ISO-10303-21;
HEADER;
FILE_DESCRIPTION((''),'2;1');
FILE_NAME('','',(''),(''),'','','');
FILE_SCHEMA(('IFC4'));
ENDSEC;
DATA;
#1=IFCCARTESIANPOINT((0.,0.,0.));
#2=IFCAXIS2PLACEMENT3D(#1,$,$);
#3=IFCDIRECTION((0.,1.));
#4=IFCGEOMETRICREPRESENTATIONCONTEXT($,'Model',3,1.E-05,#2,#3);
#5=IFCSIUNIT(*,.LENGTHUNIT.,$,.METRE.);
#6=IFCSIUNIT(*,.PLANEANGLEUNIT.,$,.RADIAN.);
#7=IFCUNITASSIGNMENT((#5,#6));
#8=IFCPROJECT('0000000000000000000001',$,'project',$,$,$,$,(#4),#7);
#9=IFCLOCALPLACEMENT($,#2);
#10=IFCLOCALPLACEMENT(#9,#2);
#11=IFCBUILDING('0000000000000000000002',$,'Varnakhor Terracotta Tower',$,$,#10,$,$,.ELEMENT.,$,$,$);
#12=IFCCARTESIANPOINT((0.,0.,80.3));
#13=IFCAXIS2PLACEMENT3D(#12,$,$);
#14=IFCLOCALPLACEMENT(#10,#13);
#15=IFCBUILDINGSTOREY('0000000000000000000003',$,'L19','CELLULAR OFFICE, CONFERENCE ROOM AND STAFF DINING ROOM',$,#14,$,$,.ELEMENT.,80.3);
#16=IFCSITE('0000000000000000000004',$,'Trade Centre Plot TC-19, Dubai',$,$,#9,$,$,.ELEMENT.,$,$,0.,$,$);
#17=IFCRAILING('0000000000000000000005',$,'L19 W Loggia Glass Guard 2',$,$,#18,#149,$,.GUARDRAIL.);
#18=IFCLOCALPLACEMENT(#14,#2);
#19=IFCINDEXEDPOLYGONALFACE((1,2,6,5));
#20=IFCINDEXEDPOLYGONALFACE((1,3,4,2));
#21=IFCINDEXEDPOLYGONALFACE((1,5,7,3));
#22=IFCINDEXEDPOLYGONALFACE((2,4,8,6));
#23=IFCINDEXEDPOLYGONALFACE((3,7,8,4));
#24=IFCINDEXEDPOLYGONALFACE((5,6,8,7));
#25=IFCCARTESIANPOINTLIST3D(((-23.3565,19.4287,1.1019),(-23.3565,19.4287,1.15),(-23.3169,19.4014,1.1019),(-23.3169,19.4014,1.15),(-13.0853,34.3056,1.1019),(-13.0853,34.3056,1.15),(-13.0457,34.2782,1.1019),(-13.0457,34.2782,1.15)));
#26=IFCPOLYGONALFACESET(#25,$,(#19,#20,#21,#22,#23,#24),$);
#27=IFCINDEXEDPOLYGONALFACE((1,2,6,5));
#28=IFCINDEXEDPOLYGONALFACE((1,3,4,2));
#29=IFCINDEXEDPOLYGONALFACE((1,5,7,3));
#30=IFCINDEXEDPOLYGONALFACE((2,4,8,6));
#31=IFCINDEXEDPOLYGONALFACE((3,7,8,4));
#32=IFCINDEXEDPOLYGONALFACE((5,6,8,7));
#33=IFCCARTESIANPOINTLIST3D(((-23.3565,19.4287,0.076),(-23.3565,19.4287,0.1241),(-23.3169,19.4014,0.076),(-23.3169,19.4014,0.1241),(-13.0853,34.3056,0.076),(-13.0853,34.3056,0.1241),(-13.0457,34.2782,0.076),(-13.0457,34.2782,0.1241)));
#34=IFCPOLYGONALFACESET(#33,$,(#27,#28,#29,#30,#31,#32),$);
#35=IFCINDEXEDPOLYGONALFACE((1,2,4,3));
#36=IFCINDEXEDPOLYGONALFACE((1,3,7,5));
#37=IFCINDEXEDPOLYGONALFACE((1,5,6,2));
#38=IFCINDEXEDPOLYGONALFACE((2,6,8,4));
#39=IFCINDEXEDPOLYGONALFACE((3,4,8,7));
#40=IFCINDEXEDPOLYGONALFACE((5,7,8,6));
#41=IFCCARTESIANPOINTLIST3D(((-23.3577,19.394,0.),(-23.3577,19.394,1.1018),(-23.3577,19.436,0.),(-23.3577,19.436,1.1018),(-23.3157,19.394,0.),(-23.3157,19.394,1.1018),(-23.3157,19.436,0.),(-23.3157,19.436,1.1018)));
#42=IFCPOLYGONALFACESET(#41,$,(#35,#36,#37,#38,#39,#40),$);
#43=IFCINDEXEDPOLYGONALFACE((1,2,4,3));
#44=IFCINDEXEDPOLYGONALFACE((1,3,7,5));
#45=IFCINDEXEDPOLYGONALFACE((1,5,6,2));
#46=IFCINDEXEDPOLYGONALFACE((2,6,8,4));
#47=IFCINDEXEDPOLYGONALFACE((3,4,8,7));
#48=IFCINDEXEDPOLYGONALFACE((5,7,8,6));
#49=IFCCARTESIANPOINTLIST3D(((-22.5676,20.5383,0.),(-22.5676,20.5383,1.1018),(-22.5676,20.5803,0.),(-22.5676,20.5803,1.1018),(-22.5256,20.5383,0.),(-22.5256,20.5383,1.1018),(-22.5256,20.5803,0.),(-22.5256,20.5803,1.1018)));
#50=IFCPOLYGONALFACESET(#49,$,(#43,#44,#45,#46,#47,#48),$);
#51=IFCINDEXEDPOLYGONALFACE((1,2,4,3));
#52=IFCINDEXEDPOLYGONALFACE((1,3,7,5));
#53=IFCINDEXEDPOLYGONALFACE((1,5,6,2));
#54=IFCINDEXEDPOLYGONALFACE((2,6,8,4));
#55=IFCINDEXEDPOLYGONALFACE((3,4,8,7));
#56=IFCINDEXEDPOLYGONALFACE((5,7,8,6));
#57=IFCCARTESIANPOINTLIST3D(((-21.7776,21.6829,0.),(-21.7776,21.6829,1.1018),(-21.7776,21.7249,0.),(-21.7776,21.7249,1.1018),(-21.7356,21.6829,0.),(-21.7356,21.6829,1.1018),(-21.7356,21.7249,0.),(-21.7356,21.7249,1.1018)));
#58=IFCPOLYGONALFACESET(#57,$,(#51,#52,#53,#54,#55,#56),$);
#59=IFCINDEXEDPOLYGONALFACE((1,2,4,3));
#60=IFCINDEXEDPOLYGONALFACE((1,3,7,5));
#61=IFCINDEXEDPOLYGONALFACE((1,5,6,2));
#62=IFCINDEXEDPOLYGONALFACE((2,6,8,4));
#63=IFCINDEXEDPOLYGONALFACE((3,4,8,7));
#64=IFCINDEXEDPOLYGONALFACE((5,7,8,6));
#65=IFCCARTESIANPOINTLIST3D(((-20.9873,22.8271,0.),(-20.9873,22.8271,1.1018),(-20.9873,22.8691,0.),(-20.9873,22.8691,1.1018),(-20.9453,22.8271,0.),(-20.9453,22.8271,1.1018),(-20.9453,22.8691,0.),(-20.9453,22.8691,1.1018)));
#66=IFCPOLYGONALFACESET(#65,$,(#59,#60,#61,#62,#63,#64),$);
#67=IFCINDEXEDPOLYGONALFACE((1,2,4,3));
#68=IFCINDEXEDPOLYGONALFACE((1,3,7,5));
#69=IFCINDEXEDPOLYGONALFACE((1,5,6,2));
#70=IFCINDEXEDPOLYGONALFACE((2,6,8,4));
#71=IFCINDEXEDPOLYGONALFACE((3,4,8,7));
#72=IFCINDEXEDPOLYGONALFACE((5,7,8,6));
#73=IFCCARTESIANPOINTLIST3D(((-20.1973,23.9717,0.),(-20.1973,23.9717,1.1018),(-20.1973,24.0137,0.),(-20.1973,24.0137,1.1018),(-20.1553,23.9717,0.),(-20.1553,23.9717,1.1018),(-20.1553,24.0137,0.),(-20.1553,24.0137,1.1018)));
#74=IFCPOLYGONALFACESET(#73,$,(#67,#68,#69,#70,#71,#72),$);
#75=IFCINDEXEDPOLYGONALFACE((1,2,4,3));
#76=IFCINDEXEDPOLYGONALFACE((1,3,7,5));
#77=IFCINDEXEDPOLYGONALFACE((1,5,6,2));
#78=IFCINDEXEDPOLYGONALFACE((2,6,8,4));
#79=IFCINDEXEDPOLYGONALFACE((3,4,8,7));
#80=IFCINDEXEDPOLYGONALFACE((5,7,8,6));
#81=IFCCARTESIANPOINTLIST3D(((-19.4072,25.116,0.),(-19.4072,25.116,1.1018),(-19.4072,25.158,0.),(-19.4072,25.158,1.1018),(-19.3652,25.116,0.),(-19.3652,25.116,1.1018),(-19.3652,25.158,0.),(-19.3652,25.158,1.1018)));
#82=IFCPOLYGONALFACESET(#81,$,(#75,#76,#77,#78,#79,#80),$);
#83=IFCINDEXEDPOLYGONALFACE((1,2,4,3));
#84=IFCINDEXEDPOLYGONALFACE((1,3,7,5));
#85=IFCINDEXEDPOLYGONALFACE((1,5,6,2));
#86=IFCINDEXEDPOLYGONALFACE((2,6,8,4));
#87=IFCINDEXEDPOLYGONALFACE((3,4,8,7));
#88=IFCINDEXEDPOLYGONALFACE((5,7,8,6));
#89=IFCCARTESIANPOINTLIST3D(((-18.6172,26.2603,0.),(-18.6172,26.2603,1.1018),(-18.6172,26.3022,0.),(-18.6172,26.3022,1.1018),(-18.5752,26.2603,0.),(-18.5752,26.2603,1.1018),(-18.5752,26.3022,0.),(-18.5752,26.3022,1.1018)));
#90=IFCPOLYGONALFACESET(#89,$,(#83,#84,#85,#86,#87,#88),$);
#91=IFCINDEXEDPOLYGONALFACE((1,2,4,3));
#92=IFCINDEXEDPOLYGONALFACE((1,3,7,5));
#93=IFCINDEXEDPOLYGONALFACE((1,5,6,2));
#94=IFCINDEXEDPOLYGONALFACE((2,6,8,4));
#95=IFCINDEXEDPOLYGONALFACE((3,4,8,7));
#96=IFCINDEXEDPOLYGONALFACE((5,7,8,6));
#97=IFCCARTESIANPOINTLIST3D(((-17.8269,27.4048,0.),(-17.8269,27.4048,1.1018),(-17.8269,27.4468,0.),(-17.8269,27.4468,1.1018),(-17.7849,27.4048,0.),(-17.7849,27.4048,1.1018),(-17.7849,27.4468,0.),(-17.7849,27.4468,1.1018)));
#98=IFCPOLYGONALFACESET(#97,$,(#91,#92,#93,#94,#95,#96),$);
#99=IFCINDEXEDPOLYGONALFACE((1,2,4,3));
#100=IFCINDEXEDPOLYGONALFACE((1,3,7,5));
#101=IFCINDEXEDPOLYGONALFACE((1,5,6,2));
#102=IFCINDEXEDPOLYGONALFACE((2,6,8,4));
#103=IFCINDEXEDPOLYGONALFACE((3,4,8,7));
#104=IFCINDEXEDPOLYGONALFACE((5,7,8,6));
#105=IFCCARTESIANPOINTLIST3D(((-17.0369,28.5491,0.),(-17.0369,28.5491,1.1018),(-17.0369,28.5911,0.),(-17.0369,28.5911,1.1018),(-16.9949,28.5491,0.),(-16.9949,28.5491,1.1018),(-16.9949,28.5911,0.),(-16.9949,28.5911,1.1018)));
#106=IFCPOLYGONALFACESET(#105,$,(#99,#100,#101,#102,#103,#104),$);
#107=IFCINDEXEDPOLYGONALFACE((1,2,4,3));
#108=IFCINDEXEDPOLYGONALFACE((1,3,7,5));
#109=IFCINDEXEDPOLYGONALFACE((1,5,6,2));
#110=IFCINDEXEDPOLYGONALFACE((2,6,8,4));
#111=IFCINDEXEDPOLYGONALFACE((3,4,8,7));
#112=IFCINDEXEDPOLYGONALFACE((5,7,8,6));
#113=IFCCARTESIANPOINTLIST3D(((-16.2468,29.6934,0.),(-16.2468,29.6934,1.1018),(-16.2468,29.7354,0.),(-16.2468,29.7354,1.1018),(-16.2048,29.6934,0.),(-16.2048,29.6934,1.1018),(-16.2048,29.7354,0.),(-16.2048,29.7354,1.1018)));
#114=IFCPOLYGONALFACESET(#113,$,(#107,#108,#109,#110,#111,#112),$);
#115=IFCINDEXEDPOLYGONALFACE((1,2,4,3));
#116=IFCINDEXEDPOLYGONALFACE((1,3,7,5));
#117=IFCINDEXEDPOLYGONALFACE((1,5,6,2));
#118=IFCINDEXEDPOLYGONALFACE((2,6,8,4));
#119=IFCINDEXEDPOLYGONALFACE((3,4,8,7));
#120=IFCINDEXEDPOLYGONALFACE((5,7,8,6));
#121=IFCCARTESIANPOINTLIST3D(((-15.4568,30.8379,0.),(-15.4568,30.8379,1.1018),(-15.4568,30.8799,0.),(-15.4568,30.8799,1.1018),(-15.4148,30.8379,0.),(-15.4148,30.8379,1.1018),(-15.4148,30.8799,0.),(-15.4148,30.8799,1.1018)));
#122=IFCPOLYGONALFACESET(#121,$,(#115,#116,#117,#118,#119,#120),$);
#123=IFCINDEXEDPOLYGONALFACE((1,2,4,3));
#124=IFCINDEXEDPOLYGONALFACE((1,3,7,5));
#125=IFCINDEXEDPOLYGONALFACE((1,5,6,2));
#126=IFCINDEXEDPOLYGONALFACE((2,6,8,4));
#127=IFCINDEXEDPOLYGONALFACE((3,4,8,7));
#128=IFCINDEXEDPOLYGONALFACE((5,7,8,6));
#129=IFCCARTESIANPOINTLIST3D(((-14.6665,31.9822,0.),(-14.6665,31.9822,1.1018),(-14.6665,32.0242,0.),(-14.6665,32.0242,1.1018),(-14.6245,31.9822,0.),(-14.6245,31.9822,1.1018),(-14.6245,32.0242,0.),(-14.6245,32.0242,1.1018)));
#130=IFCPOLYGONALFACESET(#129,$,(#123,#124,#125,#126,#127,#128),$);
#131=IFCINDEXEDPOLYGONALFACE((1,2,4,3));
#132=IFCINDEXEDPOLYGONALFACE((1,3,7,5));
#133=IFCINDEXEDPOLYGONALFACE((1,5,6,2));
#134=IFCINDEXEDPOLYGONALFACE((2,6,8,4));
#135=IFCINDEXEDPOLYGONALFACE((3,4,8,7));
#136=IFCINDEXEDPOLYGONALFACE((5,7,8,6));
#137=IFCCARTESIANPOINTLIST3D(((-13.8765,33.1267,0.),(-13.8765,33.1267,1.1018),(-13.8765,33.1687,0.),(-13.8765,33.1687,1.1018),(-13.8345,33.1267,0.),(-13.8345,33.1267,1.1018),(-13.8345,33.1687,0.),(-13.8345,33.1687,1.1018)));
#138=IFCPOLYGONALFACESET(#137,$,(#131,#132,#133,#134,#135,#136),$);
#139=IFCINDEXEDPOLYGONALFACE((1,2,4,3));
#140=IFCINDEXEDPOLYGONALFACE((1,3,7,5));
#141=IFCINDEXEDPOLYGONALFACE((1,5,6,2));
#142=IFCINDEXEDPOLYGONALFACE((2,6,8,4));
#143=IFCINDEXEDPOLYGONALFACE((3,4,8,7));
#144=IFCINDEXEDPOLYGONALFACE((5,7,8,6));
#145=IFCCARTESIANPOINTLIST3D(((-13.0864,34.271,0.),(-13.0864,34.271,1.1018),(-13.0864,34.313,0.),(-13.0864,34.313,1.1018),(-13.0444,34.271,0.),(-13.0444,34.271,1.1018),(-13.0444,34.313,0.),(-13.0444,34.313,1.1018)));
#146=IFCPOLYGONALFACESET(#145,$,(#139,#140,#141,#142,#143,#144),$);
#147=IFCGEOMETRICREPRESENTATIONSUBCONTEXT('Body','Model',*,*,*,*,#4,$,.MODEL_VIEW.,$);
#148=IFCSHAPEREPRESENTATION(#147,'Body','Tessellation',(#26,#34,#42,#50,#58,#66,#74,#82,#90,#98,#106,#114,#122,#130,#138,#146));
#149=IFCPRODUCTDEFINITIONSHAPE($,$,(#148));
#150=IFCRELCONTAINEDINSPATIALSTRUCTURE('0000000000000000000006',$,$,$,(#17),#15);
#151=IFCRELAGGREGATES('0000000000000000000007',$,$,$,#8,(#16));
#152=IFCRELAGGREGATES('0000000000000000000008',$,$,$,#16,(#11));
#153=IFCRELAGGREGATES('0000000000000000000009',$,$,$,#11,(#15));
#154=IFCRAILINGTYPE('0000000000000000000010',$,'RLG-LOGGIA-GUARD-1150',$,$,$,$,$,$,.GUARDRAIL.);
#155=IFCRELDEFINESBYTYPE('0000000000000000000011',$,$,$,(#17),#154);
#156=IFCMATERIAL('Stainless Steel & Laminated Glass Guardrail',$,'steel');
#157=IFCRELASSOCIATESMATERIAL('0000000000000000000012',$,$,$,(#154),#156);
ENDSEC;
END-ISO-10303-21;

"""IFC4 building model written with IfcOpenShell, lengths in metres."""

from ifc_helpers import new_model, si_unit, direction, frame, origin, origin_2d, place, context, subcontext, project, spatial, rectangle, extrude, material, type_object, element, save


model = new_model("IFC4")

# Units and contexts
model_context = context("Model", 3, precision=1e-05, world=origin(), true_north=direction((0.0, 1.0)))
body_context = subcontext(model_context, "Body", "Model", "MODEL_VIEW")
ifc_project = project(units=[si_unit("LENGTHUNIT", "METRE"), si_unit("PLANEANGLEUNIT", "RADIAN")], contexts=[model_context])

# Site, building, storey
site_placement = place(None, origin())
site = spatial("IfcSite", under=ifc_project, at=site_placement, Name="Trade Centre Plot TC-19, Dubai", CompositionType="ELEMENT", RefElevation=0.0)
building_placement = place(site_placement, origin())
building = spatial("IfcBuilding", under=site, at=building_placement, Name="Varnakhor Terracotta Tower", CompositionType="ELEMENT")
storey_placement = place(building_placement, frame((0.0, 0.0, 80.3)))
storey = spatial("IfcBuildingStorey", under=building, at=storey_placement, Name="L19", Description="CELLULAR OFFICE, CONFERENCE ROOM AND STAFF DINING ROOM", CompositionType="ELEMENT", Elevation=80.3)

# Railing
ifc_material_1 = material(Name="Stainless Steel & Laminated Glass Guardrail", Category="steel")
railing_type = type_object("IfcRailingType", Name="RLG-LOGGIA-GUARD-1150", PredefinedType="GUARDRAIL", material=ifc_material_1)
railing_1_placement = place(storey_placement, frame((-23.3367, 19.415, 0.0)))
element("IfcRailing", 1, at=railing_1_placement, inside=storey, type_object=railing_type, Name="L19 W Loggia Glass Guard 2", PredefinedType="GUARDRAIL", context=body_context, shape_type="SweptSolid", body=[
    extrude(rectangle(XDim=0.0481, YDim=0.0481, at=origin_2d()), frame((0.0, 0.0, 1.126), z_axis=(0.568155, 0.822921, 0.0), x_axis=(-0.822921, 0.568155, 0.0)), (0.0, 0.0, 1.0), 18.0781),
    extrude(rectangle(XDim=0.0481, YDim=0.0481, at=origin_2d()), frame((0.0, 0.0, 0.1001), z_axis=(0.568155, 0.822921, 0.0), x_axis=(-0.822921, 0.568155, 0.0)), (0.0, 0.0, 1.0), 18.0781),
    extrude(rectangle(XDim=0.042, YDim=0.042, at=origin_2d()), origin(), (0.0, 0.0, 1.0), 1.1018),
    extrude(rectangle(XDim=0.042, YDim=0.042, at=origin_2d()), frame((0.79, 1.1443, 0.0)), (0.0, 0.0, 1.0), 1.1018),
    extrude(rectangle(XDim=0.042, YDim=0.042, at=origin_2d()), frame((1.5801, 2.2888, 0.0)), (0.0, 0.0, 1.0), 1.1018),
    extrude(rectangle(XDim=0.042, YDim=0.042, at=origin_2d()), frame((2.3704, 3.4331, 0.0)), (0.0, 0.0, 1.0), 1.1018),
    extrude(rectangle(XDim=0.042, YDim=0.042, at=origin_2d()), frame((3.1604, 4.5776, 0.0)), (0.0, 0.0, 1.0), 1.1018),
    extrude(rectangle(XDim=0.042, YDim=0.042, at=origin_2d()), frame((3.9504, 5.7219, 0.0)), (0.0, 0.0, 1.0), 1.1018),
    extrude(rectangle(XDim=0.042, YDim=0.042, at=origin_2d()), frame((4.7405, 6.8662, 0.0)), (0.0, 0.0, 1.0), 1.1018),
    extrude(rectangle(XDim=0.042, YDim=0.042, at=origin_2d()), frame((5.5308, 8.0107, 0.0)), (0.0, 0.0, 1.0), 1.1018),
    extrude(rectangle(XDim=0.042, YDim=0.042, at=origin_2d()), frame((6.3208, 9.155, 0.0)), (0.0, 0.0, 1.0), 1.1018),
    extrude(rectangle(XDim=0.042, YDim=0.042, at=origin_2d()), frame((7.1108, 10.2993, 0.0)), (0.0, 0.0, 1.0), 1.1018),
    extrude(rectangle(XDim=0.042, YDim=0.042, at=origin_2d()), frame((7.9009, 11.4438, 0.0)), (0.0, 0.0, 1.0), 1.1018),
    extrude(rectangle(XDim=0.042, YDim=0.042, at=origin_2d()), frame((8.6912, 12.5881, 0.0)), (0.0, 0.0, 1.0), 1.1018),
    extrude(rectangle(XDim=0.042, YDim=0.042, at=origin_2d()), frame((9.4812, 13.7327, 0.0)), (0.0, 0.0, 1.0), 1.1018),
    extrude(rectangle(XDim=0.042, YDim=0.042, at=origin_2d()), frame((10.2712, 14.877, 0.0)), (0.0, 0.0, 1.0), 1.1018),
])

save(model, "model.ifc")
